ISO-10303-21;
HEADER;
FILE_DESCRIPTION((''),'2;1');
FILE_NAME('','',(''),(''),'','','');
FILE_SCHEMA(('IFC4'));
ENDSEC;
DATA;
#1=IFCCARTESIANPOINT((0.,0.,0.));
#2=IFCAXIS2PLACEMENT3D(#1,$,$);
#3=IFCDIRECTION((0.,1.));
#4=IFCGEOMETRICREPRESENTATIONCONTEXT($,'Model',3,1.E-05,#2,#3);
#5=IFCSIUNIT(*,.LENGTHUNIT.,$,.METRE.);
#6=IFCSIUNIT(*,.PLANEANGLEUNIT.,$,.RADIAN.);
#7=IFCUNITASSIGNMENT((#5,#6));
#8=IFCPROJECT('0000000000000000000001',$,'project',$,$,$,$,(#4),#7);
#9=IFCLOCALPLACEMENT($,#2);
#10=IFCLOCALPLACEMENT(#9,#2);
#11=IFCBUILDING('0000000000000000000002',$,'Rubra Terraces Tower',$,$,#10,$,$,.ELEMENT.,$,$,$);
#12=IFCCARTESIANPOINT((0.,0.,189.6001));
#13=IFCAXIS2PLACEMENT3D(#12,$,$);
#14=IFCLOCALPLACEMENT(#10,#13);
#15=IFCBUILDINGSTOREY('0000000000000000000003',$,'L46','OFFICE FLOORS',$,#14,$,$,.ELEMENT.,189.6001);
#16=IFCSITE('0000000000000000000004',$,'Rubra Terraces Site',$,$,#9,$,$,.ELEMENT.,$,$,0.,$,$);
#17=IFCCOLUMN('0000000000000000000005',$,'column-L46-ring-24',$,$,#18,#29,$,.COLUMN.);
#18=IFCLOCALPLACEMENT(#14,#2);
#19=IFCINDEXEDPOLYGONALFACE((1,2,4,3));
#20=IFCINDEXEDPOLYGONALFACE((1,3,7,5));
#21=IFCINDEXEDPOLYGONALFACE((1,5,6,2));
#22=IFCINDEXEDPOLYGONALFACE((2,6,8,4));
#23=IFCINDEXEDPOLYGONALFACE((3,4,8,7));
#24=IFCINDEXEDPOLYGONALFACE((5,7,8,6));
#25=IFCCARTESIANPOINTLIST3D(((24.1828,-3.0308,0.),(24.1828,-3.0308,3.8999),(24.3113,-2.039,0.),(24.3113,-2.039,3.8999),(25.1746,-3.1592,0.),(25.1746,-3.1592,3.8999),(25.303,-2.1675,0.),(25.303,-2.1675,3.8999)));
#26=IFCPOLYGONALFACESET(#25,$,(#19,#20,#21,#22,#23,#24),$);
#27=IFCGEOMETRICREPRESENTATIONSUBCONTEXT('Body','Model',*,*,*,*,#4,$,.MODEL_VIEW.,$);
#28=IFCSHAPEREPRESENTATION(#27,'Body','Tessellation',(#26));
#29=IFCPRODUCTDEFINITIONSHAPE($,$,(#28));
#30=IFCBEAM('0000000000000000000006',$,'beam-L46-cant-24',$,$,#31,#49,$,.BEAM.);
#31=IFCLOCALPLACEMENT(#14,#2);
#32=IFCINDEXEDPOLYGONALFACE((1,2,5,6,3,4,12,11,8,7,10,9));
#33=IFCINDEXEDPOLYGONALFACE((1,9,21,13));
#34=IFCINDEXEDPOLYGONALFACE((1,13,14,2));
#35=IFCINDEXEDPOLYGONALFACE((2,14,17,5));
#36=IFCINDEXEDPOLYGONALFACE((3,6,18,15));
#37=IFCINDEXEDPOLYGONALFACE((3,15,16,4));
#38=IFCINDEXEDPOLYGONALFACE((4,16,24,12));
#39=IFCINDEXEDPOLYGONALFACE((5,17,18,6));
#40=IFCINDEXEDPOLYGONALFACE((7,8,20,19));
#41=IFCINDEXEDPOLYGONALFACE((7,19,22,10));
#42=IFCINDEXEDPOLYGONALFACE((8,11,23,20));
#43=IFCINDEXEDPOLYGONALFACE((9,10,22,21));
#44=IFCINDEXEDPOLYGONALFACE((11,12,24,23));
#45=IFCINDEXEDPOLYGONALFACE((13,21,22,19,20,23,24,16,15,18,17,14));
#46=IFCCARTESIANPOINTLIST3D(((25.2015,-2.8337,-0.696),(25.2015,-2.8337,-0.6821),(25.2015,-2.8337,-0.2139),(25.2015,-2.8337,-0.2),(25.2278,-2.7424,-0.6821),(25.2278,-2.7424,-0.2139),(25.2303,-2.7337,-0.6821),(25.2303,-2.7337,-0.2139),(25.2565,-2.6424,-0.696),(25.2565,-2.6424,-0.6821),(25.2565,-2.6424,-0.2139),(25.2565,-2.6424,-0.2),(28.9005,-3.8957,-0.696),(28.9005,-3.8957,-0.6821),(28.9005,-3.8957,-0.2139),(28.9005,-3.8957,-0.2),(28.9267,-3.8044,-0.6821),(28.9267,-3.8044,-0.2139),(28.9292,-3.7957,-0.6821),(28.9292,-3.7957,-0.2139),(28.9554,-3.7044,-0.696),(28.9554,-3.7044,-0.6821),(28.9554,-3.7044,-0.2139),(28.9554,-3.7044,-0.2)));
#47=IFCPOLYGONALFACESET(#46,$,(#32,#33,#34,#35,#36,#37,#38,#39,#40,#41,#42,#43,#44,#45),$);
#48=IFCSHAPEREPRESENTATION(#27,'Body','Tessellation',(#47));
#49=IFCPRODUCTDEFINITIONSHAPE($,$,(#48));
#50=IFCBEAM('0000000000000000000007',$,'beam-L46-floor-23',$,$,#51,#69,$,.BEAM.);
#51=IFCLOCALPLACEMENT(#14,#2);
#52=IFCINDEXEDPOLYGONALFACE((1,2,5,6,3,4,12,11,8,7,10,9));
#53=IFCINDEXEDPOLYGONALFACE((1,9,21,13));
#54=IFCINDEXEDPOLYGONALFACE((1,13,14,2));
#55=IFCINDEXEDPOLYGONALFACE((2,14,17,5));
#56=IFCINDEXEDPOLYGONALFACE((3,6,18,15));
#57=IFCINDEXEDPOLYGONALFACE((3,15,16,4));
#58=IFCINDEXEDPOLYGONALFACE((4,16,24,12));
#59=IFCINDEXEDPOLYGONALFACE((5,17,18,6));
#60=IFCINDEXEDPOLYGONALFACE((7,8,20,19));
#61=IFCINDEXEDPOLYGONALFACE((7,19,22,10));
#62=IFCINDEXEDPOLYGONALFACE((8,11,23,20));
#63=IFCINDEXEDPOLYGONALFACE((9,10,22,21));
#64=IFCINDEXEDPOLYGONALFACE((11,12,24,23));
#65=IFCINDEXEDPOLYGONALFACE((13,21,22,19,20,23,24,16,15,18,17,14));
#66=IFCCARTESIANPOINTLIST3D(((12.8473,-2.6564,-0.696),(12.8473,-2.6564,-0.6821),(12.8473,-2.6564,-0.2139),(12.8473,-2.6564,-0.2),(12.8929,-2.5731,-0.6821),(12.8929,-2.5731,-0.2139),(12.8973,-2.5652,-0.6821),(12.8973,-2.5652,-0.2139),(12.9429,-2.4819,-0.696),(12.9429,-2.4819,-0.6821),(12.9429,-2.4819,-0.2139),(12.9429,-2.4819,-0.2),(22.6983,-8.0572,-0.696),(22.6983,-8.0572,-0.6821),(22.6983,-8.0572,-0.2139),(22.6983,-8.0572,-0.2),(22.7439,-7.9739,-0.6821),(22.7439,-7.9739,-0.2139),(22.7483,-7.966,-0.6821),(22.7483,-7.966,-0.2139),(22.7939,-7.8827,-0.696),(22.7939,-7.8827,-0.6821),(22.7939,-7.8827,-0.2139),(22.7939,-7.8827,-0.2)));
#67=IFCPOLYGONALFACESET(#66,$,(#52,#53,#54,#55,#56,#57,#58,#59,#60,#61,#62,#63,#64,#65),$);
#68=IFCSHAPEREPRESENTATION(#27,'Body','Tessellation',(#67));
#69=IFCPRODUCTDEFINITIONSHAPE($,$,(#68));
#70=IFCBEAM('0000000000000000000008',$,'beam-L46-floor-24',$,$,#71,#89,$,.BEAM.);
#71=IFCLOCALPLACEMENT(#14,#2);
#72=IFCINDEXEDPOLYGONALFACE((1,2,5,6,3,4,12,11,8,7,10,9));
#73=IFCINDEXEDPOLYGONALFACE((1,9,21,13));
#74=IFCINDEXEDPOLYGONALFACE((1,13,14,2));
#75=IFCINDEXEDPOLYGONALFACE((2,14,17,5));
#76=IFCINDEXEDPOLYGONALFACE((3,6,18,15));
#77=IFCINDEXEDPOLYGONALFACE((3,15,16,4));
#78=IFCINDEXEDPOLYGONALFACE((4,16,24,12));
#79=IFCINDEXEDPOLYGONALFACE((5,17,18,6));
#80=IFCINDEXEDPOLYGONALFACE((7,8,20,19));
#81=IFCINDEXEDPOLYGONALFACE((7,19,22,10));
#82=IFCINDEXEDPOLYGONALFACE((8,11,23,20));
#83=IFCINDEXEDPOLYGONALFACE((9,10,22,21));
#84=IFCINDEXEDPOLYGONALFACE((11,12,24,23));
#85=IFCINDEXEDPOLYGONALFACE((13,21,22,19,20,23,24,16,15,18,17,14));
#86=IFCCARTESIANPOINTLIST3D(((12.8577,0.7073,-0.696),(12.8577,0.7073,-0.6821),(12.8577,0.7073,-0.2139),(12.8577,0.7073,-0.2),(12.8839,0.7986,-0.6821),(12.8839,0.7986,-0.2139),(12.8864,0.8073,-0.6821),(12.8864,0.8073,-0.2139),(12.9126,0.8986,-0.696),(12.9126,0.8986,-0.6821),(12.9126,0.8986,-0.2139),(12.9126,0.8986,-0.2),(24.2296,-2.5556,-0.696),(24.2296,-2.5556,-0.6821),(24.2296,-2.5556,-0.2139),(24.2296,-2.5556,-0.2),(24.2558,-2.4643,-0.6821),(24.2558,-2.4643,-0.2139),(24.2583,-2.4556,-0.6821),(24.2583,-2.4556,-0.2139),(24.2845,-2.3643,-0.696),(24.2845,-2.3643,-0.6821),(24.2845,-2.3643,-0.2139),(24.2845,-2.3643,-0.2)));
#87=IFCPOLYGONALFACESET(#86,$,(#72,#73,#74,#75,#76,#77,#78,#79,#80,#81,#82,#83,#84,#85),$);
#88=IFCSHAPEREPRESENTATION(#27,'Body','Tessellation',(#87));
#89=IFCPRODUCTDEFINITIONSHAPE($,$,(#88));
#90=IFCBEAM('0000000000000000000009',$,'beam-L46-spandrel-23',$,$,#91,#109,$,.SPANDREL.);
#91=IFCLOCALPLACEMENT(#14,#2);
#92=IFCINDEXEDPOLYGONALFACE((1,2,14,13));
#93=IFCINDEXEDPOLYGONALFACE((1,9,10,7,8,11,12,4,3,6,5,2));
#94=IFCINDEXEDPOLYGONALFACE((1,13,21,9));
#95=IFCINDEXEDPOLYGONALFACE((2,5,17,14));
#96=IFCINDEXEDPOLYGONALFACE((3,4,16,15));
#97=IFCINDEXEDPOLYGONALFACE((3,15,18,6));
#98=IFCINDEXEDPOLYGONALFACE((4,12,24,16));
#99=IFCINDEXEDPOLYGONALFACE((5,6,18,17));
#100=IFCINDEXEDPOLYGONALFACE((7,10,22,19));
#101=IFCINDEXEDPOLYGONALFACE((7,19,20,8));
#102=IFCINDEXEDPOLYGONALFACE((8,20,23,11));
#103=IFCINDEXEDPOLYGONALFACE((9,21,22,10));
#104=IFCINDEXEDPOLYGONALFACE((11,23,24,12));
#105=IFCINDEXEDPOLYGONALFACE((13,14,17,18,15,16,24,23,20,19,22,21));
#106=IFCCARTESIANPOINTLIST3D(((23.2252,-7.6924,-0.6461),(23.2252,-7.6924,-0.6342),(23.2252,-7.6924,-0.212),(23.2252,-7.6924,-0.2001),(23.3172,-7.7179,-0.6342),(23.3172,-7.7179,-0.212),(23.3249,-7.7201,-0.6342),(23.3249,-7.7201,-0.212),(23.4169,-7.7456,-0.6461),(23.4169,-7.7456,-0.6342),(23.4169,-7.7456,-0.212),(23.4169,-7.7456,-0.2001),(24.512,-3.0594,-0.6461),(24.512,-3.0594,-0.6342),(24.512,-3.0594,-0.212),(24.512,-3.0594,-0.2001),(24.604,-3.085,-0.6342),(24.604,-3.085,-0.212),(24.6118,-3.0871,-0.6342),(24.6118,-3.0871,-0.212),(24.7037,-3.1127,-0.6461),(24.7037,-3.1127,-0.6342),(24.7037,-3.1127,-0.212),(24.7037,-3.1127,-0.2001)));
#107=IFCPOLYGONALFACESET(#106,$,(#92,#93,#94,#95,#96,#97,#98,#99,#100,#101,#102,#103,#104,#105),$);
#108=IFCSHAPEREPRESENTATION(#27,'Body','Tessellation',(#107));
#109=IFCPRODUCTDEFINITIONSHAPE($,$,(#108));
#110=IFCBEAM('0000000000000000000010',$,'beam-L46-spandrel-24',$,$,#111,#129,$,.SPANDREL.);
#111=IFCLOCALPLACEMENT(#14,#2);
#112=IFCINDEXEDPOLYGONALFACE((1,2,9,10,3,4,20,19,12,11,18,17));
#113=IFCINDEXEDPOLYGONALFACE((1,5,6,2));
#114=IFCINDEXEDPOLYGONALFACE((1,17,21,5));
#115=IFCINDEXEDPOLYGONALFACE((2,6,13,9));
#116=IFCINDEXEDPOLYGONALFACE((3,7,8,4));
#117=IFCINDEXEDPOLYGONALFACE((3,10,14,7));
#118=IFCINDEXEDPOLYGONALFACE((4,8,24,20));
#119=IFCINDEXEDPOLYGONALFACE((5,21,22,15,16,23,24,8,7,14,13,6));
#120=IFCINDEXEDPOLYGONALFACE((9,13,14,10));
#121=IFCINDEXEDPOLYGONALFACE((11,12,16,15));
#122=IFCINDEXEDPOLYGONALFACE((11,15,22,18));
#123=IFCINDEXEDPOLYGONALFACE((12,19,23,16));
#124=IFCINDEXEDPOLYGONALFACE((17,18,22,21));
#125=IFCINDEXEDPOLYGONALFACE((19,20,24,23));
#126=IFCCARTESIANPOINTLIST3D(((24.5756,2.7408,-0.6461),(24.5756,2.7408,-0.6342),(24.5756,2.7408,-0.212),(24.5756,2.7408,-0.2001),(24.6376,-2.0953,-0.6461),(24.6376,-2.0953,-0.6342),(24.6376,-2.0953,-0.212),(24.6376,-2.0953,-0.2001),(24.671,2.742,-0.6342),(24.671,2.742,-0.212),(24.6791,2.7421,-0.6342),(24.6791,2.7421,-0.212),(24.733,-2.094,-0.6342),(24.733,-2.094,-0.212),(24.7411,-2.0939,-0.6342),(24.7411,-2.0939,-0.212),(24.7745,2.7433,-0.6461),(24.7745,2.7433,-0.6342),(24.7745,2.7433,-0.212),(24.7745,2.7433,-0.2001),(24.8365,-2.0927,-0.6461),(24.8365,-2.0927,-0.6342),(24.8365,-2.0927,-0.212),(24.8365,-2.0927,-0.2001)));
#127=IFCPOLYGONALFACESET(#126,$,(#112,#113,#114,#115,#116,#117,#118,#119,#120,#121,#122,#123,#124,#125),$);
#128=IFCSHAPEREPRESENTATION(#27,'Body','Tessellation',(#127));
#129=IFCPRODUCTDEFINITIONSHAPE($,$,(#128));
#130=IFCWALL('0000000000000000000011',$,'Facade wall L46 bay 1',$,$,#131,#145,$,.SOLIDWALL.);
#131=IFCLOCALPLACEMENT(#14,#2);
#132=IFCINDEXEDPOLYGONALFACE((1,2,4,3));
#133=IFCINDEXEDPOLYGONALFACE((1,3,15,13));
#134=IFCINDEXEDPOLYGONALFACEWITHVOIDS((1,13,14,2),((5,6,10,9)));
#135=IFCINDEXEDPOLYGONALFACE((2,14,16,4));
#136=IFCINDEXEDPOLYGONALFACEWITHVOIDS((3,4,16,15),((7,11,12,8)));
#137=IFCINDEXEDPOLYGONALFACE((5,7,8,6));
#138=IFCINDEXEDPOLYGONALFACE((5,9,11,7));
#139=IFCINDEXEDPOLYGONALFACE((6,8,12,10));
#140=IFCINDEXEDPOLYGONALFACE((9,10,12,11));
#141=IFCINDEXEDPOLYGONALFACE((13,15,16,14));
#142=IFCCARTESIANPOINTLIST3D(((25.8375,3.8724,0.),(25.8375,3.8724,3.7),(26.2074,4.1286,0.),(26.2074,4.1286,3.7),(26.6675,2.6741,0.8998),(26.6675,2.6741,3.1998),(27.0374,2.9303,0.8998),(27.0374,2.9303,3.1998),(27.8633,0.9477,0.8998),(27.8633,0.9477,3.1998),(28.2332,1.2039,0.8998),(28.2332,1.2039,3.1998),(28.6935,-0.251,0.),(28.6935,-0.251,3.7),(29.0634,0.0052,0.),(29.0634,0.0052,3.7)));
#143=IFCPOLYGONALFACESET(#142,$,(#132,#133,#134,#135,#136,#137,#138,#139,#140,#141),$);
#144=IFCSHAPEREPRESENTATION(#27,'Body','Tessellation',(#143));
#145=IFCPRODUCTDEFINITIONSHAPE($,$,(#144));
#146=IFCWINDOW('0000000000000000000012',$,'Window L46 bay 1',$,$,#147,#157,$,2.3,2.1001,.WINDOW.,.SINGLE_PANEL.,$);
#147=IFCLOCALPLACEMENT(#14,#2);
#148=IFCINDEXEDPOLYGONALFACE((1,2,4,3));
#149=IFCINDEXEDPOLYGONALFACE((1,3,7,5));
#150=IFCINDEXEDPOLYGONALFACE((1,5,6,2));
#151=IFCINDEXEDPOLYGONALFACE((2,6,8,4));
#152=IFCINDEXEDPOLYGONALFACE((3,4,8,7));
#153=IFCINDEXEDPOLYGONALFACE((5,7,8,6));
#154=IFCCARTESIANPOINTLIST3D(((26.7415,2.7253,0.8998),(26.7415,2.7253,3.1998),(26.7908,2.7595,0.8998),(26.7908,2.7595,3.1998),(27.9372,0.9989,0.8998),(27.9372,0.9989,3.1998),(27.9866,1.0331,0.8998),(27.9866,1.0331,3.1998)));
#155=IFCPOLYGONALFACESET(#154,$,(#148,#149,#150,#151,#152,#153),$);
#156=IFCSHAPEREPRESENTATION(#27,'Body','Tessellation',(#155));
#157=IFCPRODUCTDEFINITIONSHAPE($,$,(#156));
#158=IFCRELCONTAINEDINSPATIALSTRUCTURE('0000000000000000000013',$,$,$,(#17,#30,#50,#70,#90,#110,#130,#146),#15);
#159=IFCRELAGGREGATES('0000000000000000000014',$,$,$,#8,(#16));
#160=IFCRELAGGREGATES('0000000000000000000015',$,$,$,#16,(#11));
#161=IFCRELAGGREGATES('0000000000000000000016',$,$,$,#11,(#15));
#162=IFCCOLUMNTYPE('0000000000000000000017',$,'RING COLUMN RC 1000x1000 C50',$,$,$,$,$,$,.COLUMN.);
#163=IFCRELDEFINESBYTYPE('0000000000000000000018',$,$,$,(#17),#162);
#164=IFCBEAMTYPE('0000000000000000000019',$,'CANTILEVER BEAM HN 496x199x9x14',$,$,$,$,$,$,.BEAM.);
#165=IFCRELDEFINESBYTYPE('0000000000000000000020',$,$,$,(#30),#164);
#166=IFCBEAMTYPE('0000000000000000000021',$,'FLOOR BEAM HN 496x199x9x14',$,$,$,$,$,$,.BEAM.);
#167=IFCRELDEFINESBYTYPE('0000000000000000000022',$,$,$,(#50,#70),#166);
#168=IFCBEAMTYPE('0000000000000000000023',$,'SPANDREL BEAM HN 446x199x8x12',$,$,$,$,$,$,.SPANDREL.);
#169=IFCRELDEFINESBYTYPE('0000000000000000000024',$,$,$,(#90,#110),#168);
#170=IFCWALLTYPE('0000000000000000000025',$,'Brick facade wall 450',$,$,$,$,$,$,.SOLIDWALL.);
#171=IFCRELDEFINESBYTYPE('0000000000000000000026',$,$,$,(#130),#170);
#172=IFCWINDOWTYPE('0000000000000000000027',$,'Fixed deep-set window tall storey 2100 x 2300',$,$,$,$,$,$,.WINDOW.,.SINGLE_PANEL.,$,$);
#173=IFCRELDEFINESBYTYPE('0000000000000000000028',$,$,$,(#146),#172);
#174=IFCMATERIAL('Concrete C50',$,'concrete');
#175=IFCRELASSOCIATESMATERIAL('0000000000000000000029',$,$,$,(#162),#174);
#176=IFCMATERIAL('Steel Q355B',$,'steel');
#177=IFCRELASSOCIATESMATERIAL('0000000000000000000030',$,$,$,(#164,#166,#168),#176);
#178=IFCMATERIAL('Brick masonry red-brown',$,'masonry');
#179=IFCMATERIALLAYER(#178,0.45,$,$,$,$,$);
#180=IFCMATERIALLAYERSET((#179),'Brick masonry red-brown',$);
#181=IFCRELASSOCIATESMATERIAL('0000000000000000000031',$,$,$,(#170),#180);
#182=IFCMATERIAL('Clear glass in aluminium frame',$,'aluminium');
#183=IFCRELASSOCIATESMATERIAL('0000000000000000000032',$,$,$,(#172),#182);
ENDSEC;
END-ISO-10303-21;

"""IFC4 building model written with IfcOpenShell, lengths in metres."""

from ifc_helpers import new_model, si_unit, direction, frame, frame_2d, origin, origin_2d, place, context, subcontext, project, spatial, rectangle, i_section, extrude, material, layer, layer_set, material_profile, profile_set, type_object, element, fill, save


model = new_model("IFC4")

# Units and contexts
model_context = context("Model", 3, precision=1e-05, world=origin(), true_north=direction((0.0, 1.0)))
body_context = subcontext(model_context, "Body", "Model", "MODEL_VIEW")
ifc_project = project(units=[si_unit("LENGTHUNIT", "METRE"), si_unit("PLANEANGLEUNIT", "RADIAN")], contexts=[model_context])

# Site, building, storey
site_placement = place(None, origin())
site = spatial("IfcSite", under=ifc_project, at=site_placement, Name="Rubra Terraces Site", CompositionType="ELEMENT", RefElevation=0.0)
building_placement = place(site_placement, origin())
building = spatial("IfcBuilding", under=site, at=building_placement, Name="Rubra Terraces Tower", CompositionType="ELEMENT")
storey_placement = place(building_placement, frame((0.0, 0.0, 189.6001)))
storey = spatial("IfcBuildingStorey", under=building, at=storey_placement, Name="L46", Description="OFFICE FLOORS", CompositionType="ELEMENT", Elevation=189.6001)

# Column
ifc_material_1 = material(Name="Concrete C50", Category="concrete")
ifc_material_profile_1 = material_profile(ifc_material_1, rectangle(XDim=1.0, YDim=1.0, at=origin_2d()), Name="RC 1000x1000")
ifc_profile_set_1 = profile_set([ifc_material_profile_1], Name="Concrete C50")
column_type = type_object("IfcColumnType", Name="RING COLUMN RC 1000x1000 C50", PredefinedType="COLUMN", material=ifc_profile_set_1)
column_placement = place(storey_placement, frame((24.7429, -2.5991, 0.0), z_axis=(0.0, 0.0, 1.0), x_axis=(0.128444, 0.991717, 0.0)))
element("IfcColumn", 1, at=column_placement, inside=storey, type_object=column_type, Name="column-L46-ring-24", PredefinedType="COLUMN", context=body_context, shape_type="SweptSolid", body=[
    extrude(rectangle(XDim=1.0, YDim=1.0, at=origin_2d()), origin(), (0.0, 0.0, 1.0), 3.8999),
])

# Beams
ifc_material_2 = material(Name="Steel Q355B", Category="steel")
ifc_material_profile_2 = material_profile(ifc_material_2, i_section(OverallWidth=0.199, OverallDepth=0.4961, WebThickness=0.009, FlangeThickness=0.0139, at=origin_2d()), Name="HN 496x199x9x14")
ifc_profile_set_2 = profile_set([ifc_material_profile_2], Name="Steel Q355B")
beam_type_1 = type_object("IfcBeamType", Name="CANTILEVER BEAM HN 496x199x9x14", PredefinedType="BEAM", material=ifc_profile_set_2)
beam_1_placement = place(storey_placement, frame((25.229, -2.738, -0.448), z_axis=(0.961169, -0.275961, 0.0), x_axis=(0.275961, 0.961169, 0.0)))
element("IfcBeam", 2, at=beam_1_placement, inside=storey, type_object=beam_type_1, Name="beam-L46-cant-24", PredefinedType="BEAM", context=body_context, shape_type="SweptSolid", body=[
    extrude(i_section(OverallWidth=0.199, OverallDepth=0.4961, WebThickness=0.009, FlangeThickness=0.0139, at=origin_2d()), origin(), (0.0, 0.0, 1.0), 3.8484),
])
ifc_material_profile_3 = material_profile(ifc_material_2, i_section(OverallWidth=0.199, OverallDepth=0.4961, WebThickness=0.009, FlangeThickness=0.0139, at=origin_2d()), Name="HN 496x199x9x14")
ifc_profile_set_3 = profile_set([ifc_material_profile_3], Name="Steel Q355B")
beam_type_2 = type_object("IfcBeamType", Name="FLOOR BEAM HN 496x199x9x14", PredefinedType="BEAM", material=ifc_profile_set_3)
beam_2_placement = place(storey_placement, frame((22.7461, -7.97, -0.448), z_axis=(-0.876862, 0.480742, 0.0), x_axis=(-0.480742, -0.876862, 0.0)))
element("IfcBeam", 3, at=beam_2_placement, inside=storey, type_object=beam_type_2, Name="beam-L46-floor-23", PredefinedType="BEAM", context=body_context, shape_type="SweptSolid", body=[
    extrude(i_section(OverallWidth=0.199, OverallDepth=0.4961, WebThickness=0.009, FlangeThickness=0.0139, at=origin_2d()), origin(), (0.0, 0.0, 1.0), 11.2344),
])
beam_3_placement = place(storey_placement, frame((24.2571, -2.46, -0.448), z_axis=(-0.961216, 0.275798, 0.0), x_axis=(-0.275798, -0.961216, 0.0)))
element("IfcBeam", 4, at=beam_3_placement, inside=storey, type_object=beam_type_2, Name="beam-L46-floor-24", PredefinedType="BEAM", context=body_context, shape_type="SweptSolid", body=[
    extrude(i_section(OverallWidth=0.199, OverallDepth=0.4961, WebThickness=0.009, FlangeThickness=0.0139, at=origin_2d()), origin(), (0.0, 0.0, 1.0), 11.8308),
])
ifc_material_profile_4 = material_profile(ifc_material_2, i_section(OverallWidth=0.199, OverallDepth=0.446, WebThickness=0.0081, FlangeThickness=0.012, at=origin_2d()), Name="HN 446x199x8x12")
ifc_profile_set_4 = profile_set([ifc_material_profile_4], Name="Steel Q355B")
beam_type_3 = type_object("IfcBeamType", Name="SPANDREL BEAM HN 446x199x8x12", PredefinedType="SPANDREL", material=ifc_profile_set_4)
beam_4_placement = place(storey_placement, frame((23.321, -7.719, -0.4231), z_axis=(0.267626, 0.963523, 0.0), x_axis=(-0.963523, 0.267626, 0.0)))
element("IfcBeam", 5, at=beam_4_placement, inside=storey, type_object=beam_type_3, Name="beam-L46-spandrel-23", PredefinedType="SPANDREL", context=body_context, shape_type="SweptSolid", body=[
    extrude(i_section(OverallWidth=0.199, OverallDepth=0.446, WebThickness=0.0081, FlangeThickness=0.012, at=origin_2d()), origin(), (0.0, 0.0, 1.0), 4.8083),
])
beam_5_placement = place(storey_placement, frame((24.7371, -2.094, -0.4231), z_axis=(-0.012822, 0.999918, 0.0), x_axis=(-0.999918, -0.012822, 0.0)))
element("IfcBeam", 6, at=beam_5_placement, inside=storey, type_object=beam_type_3, Name="beam-L46-spandrel-24", PredefinedType="SPANDREL", context=body_context, shape_type="SweptSolid", body=[
    extrude(i_section(OverallWidth=0.199, OverallDepth=0.446, WebThickness=0.0081, FlangeThickness=0.012, at=origin_2d()), origin(), (0.0, 0.0, 1.0), 4.8364),
])

# Wall, opening, window
ifc_material_3 = material(Name="Brick masonry red-brown", Category="masonry")
ifc_layer_1 = layer(ifc_material_3, 0.45)
ifc_layer_set_1 = layer_set([ifc_layer_1], Name="Brick masonry red-brown")
wall_type_1 = type_object("IfcWallType", Name="Brick facade wall 450", PredefinedType="SOLIDWALL", material=ifc_layer_set_1)
wall_1_placement = place(storey_placement, frame((28.8784, -0.1228, 0.0), z_axis=(0.0, 0.0, 1.0), x_axis=(-0.569395, 0.822064, 0.0)))
wall_1 = element("IfcWall", 7, at=wall_1_placement, inside=storey, type_object=wall_type_1, Name="Facade wall L46 bay 1", PredefinedType="SOLIDWALL", context=body_context, shape_type="SweptSolid", body=[
    extrude(rectangle(XDim=5.0159, YDim=0.45, at=frame_2d((2.5078, 0.0))), origin(), (0.0, 0.0, 1.0), 3.7),
])
opening_1_placement = place(wall_1_placement, frame((1.458, 0.0, 0.8999)))
opening_1 = element("IfcOpeningElement", 8, at=opening_1_placement, cuts=wall_1, PredefinedType="OPENING", context=body_context, shape_type="SweptSolid", body=[
    extrude(rectangle(XDim=2.1001, YDim=2.3, at=frame_2d((1.05, 1.1499))), frame((0.0, 0.2349, 0.0), z_axis=(0.0, -1.0, 0.0), x_axis=(1.0, 0.0, 0.0)), (0.0, 0.0, 1.0), 0.47),
])
ifc_material_4 = material(Name="Clear glass in aluminium frame", Category="aluminium")
window_type = type_object("IfcWindowType", Name="Fixed deep-set window tall storey 2100 x 2300", PartitioningType="SINGLE_PANEL", PredefinedType="WINDOW", material=ifc_material_4)
window_1_placement = place(opening_1_placement, origin())
window_1 = element("IfcWindow", 9, at=window_1_placement, inside=storey, type_object=window_type, Name="Window L46 bay 1", OverallHeight=2.3, OverallWidth=2.1001, PartitioningType="SINGLE_PANEL", PredefinedType="WINDOW", context=body_context, shape_type="SweptSolid", body=[
    extrude(rectangle(XDim=2.1001, YDim=2.3, at=frame_2d((1.05, 1.1499))), frame((0.0, 0.135, 0.0), z_axis=(0.0, -1.0, 0.0), x_axis=(1.0, 0.0, 0.0)), (0.0, 0.0, 1.0), 0.0601),
])
fill(opening_1, window_1)

save(model, "model.ifc")
